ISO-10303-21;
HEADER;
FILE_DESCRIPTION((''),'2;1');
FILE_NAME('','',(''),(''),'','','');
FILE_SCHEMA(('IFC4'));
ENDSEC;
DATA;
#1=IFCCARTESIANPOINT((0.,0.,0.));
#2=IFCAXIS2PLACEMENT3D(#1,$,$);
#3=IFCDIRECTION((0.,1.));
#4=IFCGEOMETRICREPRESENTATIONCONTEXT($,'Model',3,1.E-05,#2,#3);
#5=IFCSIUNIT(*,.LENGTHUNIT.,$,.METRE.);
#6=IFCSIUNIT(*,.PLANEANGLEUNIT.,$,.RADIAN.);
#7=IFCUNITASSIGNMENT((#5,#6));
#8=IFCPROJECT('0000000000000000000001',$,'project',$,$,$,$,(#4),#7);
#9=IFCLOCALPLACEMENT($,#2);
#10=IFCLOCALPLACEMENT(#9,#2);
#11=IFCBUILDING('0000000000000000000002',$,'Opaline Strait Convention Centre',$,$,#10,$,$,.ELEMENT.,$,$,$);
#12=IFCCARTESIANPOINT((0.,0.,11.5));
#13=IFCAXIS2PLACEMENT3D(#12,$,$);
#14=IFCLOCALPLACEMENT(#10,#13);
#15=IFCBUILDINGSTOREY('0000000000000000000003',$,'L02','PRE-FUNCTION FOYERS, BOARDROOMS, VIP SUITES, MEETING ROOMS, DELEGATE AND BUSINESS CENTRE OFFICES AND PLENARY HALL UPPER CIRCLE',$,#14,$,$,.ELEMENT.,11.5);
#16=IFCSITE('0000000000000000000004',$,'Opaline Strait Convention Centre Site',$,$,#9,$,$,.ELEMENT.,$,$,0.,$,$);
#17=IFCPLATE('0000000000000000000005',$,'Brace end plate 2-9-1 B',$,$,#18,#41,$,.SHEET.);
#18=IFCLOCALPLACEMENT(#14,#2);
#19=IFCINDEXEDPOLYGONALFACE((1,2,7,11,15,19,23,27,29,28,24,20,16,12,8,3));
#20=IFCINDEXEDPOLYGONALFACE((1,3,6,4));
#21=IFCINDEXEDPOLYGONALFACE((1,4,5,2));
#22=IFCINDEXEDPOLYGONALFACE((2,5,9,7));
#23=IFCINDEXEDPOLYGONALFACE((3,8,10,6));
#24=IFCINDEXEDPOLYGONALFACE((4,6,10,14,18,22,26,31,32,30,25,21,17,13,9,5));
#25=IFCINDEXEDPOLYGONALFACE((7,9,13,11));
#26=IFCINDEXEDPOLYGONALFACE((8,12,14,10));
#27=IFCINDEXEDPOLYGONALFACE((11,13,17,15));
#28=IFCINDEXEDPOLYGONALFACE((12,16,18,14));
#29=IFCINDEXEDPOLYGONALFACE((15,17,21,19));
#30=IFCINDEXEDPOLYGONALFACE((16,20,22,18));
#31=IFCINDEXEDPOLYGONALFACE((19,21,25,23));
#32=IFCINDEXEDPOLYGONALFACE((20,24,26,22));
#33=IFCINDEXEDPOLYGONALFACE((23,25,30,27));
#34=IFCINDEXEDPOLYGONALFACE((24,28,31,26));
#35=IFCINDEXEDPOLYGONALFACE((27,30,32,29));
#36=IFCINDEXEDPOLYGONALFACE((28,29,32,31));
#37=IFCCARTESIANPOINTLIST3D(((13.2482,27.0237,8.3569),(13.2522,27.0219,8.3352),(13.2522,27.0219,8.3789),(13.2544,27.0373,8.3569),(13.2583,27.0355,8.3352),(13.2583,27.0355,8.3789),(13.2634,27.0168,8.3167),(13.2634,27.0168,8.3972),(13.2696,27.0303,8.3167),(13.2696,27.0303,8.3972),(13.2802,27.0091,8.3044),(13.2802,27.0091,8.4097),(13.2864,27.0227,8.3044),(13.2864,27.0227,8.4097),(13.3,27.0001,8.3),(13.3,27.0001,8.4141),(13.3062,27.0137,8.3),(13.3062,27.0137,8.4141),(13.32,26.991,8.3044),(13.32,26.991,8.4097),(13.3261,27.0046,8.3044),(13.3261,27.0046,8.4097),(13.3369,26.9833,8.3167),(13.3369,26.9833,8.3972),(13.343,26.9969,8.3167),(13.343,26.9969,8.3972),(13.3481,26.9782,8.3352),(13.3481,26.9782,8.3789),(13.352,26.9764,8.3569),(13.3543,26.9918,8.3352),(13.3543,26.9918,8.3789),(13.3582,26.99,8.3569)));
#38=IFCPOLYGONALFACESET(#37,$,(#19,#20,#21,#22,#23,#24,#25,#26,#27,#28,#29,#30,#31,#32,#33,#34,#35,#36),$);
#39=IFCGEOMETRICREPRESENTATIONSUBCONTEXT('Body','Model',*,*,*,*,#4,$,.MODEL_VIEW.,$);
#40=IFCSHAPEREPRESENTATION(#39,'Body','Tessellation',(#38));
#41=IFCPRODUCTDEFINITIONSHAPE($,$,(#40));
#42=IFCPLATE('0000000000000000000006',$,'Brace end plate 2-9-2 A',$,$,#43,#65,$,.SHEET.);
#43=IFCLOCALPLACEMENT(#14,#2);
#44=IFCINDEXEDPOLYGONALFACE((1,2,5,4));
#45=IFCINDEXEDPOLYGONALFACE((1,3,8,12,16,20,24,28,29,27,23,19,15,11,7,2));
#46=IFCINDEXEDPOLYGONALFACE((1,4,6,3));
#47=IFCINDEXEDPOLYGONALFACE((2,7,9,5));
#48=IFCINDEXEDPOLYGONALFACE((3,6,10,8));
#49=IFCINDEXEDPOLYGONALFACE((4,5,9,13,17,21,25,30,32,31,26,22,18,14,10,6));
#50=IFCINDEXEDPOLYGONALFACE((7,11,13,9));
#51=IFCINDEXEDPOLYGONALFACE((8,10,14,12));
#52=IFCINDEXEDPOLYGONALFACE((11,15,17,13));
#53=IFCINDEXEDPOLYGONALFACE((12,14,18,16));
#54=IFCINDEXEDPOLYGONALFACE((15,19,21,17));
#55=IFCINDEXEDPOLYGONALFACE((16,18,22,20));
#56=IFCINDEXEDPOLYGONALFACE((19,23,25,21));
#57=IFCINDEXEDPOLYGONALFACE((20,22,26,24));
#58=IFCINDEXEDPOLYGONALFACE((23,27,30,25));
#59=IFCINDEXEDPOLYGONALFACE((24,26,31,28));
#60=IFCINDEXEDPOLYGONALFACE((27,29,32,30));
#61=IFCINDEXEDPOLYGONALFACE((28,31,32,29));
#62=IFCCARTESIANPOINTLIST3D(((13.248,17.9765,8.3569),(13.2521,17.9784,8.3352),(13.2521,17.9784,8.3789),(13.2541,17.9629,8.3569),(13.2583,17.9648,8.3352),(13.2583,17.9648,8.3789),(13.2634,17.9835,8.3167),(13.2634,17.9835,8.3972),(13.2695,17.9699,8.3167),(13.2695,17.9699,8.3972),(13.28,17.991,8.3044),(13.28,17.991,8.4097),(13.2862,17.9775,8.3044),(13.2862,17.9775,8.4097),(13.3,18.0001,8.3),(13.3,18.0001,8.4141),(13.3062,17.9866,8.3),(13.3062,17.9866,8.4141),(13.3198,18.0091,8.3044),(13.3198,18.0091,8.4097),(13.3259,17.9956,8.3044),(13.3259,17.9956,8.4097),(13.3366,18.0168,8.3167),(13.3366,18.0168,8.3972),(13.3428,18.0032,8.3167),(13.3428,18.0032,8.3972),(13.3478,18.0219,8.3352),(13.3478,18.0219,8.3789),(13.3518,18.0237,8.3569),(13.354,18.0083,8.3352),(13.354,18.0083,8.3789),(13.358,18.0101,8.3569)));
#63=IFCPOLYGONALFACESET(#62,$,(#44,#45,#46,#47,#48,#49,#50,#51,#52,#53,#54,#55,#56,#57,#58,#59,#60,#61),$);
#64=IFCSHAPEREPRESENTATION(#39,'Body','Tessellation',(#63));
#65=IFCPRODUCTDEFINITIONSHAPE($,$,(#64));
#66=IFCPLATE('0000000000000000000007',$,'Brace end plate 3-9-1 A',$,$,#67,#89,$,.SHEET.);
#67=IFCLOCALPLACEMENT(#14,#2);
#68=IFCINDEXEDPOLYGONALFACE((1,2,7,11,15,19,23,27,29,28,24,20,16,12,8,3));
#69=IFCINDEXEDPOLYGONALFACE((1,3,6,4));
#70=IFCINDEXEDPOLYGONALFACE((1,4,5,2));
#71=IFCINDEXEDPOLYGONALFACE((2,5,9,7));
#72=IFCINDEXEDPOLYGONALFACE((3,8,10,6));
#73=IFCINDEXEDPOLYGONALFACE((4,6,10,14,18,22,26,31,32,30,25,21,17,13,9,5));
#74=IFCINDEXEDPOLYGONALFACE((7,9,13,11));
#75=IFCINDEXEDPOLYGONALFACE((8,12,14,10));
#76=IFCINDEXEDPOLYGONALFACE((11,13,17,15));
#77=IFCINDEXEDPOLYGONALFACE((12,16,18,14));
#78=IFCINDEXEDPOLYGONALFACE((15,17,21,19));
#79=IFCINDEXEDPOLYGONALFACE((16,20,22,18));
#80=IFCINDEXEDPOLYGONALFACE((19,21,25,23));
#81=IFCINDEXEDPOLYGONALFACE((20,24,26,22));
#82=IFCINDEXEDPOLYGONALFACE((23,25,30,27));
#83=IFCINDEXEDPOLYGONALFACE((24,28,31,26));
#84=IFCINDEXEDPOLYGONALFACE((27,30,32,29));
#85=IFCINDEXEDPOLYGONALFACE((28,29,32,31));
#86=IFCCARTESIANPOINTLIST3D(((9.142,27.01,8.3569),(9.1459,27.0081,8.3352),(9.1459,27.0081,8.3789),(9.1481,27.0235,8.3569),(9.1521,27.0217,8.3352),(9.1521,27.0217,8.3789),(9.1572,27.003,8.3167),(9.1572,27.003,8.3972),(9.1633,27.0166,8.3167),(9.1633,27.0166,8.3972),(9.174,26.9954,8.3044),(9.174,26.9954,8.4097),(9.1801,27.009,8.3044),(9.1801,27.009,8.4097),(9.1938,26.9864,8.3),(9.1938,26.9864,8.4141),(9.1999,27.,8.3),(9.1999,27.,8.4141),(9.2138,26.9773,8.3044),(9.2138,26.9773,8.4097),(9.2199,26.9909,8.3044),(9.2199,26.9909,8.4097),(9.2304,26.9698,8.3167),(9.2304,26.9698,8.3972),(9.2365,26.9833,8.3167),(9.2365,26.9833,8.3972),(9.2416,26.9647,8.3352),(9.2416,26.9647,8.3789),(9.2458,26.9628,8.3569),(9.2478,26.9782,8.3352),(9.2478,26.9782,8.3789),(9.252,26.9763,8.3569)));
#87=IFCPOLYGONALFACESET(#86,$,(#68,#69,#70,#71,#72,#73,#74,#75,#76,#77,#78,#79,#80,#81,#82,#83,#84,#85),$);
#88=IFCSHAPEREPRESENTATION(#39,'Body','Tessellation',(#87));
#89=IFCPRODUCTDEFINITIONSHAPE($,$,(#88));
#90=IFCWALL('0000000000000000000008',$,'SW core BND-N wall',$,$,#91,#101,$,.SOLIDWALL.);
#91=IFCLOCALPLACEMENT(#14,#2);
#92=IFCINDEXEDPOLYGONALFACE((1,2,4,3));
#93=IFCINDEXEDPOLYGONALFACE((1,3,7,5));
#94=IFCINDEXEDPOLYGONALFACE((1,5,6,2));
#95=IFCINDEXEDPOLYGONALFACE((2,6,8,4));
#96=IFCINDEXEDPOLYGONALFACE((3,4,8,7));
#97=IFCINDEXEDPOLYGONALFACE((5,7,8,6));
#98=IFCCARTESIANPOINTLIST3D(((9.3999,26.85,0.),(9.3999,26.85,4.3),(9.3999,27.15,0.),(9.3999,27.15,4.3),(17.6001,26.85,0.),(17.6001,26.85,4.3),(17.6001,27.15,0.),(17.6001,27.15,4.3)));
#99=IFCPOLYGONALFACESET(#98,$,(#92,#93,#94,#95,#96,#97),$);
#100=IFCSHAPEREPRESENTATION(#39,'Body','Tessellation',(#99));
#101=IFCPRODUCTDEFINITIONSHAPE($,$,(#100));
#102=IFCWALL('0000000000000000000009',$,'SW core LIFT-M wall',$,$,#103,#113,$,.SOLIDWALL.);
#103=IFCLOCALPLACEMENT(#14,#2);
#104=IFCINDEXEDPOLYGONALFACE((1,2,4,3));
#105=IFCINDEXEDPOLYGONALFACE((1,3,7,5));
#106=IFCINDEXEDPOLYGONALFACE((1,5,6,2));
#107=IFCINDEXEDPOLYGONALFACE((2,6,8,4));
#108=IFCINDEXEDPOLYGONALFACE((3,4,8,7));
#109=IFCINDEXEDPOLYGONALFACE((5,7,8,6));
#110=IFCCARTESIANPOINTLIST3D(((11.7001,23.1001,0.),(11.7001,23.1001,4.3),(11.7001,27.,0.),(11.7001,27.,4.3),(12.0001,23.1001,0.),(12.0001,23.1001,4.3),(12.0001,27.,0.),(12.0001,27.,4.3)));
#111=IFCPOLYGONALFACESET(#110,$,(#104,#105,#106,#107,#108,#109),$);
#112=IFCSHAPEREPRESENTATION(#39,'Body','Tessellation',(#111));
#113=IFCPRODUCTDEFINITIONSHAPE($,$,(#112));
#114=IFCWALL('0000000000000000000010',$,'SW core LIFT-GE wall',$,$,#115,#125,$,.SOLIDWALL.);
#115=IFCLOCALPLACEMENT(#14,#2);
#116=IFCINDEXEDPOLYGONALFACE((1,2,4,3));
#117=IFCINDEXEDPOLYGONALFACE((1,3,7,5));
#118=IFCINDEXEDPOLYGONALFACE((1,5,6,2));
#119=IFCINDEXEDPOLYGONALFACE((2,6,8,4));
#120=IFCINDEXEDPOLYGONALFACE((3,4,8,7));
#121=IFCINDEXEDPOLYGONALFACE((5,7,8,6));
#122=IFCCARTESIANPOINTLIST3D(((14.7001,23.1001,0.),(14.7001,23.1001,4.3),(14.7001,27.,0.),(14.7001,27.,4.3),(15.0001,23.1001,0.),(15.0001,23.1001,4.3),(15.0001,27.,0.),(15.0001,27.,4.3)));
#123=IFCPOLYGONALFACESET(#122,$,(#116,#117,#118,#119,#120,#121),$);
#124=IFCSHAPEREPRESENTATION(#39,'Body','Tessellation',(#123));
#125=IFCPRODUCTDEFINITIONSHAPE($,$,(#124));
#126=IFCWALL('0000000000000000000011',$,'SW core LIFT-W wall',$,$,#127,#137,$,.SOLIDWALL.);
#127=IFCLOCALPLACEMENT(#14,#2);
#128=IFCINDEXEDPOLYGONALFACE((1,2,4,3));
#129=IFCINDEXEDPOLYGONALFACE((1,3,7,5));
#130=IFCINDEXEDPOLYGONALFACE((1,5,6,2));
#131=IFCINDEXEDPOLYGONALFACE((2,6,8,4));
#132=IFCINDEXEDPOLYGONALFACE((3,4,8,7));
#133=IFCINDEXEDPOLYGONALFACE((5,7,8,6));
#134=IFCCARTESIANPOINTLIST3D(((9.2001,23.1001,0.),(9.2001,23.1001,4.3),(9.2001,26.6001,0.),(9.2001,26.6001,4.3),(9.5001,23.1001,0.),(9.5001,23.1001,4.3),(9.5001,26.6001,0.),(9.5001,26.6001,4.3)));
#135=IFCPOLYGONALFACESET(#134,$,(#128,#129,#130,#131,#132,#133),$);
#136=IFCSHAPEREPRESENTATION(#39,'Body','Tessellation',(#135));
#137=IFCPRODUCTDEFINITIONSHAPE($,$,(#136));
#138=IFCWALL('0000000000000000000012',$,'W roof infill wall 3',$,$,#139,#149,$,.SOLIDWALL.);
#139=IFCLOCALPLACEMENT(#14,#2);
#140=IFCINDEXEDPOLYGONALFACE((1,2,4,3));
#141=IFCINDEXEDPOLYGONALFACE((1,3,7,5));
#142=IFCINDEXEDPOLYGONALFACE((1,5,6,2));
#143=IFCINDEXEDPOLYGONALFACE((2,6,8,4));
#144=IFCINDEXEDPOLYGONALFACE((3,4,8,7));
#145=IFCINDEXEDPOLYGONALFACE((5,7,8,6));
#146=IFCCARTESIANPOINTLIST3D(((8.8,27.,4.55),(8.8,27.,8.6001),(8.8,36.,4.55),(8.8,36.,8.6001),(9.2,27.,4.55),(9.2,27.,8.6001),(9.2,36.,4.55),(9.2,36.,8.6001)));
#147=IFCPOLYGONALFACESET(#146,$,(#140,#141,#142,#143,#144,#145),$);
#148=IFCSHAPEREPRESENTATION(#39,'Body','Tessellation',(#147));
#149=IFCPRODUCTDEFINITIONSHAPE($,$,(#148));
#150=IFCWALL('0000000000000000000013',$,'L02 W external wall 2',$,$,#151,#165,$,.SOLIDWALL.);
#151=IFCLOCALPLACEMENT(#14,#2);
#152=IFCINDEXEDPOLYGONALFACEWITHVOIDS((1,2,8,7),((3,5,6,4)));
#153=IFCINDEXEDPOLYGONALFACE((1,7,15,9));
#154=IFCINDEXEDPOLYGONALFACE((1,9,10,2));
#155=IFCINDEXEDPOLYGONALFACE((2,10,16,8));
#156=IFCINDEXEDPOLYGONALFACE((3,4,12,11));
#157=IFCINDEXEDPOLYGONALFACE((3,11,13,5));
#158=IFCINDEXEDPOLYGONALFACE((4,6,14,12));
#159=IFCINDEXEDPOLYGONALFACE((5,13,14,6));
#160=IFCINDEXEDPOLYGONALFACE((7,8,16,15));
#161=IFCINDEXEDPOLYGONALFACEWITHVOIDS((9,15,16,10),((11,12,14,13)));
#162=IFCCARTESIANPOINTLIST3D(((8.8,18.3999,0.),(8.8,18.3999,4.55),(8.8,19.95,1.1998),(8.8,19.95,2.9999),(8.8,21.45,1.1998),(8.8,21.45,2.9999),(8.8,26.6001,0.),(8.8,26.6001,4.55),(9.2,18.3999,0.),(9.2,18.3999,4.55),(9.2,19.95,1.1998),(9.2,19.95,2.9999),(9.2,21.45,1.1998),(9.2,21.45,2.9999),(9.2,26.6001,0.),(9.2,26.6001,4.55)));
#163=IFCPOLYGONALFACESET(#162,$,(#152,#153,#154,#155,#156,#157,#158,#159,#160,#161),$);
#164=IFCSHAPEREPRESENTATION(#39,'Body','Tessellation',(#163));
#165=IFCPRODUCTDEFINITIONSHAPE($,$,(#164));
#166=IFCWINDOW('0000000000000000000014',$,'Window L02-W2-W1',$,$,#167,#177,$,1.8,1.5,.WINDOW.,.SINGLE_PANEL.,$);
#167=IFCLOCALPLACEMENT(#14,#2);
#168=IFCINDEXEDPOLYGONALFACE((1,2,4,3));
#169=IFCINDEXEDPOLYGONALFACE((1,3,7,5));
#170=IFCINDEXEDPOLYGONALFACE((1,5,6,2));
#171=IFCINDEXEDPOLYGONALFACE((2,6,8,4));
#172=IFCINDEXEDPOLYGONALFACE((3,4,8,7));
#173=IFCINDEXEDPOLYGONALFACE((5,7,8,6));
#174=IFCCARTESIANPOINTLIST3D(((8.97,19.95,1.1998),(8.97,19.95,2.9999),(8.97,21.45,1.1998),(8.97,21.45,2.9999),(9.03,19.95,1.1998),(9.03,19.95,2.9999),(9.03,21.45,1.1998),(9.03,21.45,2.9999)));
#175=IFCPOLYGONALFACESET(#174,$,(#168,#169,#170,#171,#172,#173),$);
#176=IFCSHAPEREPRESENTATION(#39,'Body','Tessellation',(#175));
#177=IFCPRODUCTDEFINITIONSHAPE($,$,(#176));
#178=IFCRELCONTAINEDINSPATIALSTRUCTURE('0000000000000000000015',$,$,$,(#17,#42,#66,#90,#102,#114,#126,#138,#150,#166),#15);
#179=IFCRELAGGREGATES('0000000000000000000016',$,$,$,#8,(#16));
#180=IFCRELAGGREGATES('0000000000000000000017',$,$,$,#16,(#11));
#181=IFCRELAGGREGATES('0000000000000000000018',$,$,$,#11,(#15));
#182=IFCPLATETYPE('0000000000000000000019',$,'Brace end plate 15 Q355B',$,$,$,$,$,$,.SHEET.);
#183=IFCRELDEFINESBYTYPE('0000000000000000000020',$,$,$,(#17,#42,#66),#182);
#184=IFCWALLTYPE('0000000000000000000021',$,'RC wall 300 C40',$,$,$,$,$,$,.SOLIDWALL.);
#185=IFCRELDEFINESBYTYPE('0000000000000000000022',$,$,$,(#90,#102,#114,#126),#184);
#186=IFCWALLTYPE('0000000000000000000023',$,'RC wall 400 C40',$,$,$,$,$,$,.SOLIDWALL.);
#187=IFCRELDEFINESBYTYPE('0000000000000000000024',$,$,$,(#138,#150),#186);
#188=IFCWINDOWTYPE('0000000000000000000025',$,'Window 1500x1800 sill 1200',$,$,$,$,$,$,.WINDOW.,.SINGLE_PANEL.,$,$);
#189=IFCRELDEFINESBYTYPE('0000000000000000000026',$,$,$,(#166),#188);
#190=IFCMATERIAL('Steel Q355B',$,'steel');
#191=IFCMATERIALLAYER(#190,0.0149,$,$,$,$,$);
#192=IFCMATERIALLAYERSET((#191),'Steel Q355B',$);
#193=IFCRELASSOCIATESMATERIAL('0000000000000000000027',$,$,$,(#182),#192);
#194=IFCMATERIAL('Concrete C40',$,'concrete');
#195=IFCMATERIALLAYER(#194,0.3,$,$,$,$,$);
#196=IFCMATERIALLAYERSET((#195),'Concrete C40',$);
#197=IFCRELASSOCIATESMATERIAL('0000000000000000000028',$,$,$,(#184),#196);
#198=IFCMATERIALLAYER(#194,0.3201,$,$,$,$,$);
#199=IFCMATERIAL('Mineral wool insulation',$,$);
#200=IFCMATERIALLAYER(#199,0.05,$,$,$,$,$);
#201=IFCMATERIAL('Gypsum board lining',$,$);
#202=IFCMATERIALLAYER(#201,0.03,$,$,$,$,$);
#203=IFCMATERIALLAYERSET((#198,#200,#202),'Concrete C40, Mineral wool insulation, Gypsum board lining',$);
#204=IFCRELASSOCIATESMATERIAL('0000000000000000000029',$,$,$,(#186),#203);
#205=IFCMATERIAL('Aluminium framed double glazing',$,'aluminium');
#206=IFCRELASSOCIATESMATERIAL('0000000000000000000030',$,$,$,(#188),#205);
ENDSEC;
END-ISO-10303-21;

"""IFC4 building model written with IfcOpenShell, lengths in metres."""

from ifc_helpers import new_model, si_unit, direction, frame, frame_2d, origin, place, context, subcontext, project, spatial, polyline, rectangle, outline, extrude, material, layer, layer_set, type_object, element, fill, save


model = new_model("IFC4")

# Units and contexts
model_context = context("Model", 3, precision=1e-05, world=origin(), true_north=direction((0.0, 1.0)))
body_context = subcontext(model_context, "Body", "Model", "MODEL_VIEW")
ifc_project = project(units=[si_unit("LENGTHUNIT", "METRE"), si_unit("PLANEANGLEUNIT", "RADIAN")], contexts=[model_context])

# Site, building, storey
site_placement = place(None, origin())
site = spatial("IfcSite", under=ifc_project, at=site_placement, Name="Opaline Strait Convention Centre Site", CompositionType="ELEMENT", RefElevation=0.0)
building_placement = place(site_placement, origin())
building = spatial("IfcBuilding", under=site, at=building_placement, Name="Opaline Strait Convention Centre", CompositionType="ELEMENT")
storey_placement = place(building_placement, frame((0.0, 0.0, 11.5)))
storey = spatial("IfcBuildingStorey", under=building, at=storey_placement, Name="L02", Description="PRE-FUNCTION FOYERS, BOARDROOMS, VIP SUITES, MEETING ROOMS, DELEGATE AND BUSINESS CENTRE OFFICES AND PLENARY HALL UPPER CIRCLE", CompositionType="ELEMENT", Elevation=11.5)

# Shared definitions
ifc_material_1 = material(Name="Concrete C40", Category="concrete")

# Shared definitions
ifc_material_2 = material(Name="Steel Q355B", Category="steel")

# Plates
ifc_layer_1 = layer(ifc_material_2, 0.0149)
ifc_layer_set_1 = layer_set([ifc_layer_1], Name="Steel Q355B")
plate_type = type_object("IfcPlateType", Name="Brace end plate 15 Q355B", PredefinedType="SHEET", material=ifc_layer_set_1)
plate_1_placement = place(storey_placement, frame((13.3582, 26.99, 8.3569), z_axis=(0.414547, 0.910028, 0.0), x_axis=(-0.175212, 0.079815, -0.98129)))
element("IfcPlate", 1, at=plate_1_placement, inside=storey, type_object=plate_type, Name="Brace end plate 2-9-1 B", PredefinedType="SHEET", context=body_context, shape_type="SweptSolid", body=[
    extrude(outline(polyline([(0.0, 0.0), (0.0221, 0.0), (0.0427, 0.0085), (0.0583, 0.0244), (0.0668, 0.0451), (0.0667, 0.0673), (0.0583, 0.0878), (0.0424, 0.1035), (0.022, 0.1119), (-0.0004, 0.1119), (-0.0208, 0.1033), (-0.0366, 0.0876), (-0.0451, 0.0671), (-0.045, 0.0447), (-0.0363, 0.0241), (-0.0207, 0.0084), (0.0, 0.0)])), origin(), (0.0, 0.0, -1.0), 0.0149),
])
plate_2_placement = place(storey_placement, frame((13.3518, 18.0237, 8.3569), z_axis=(-0.413759, 0.910386, 0.0), x_axis=(-0.179277, -0.081479, -0.980419)))
element("IfcPlate", 2, at=plate_2_placement, inside=storey, type_object=plate_type, Name="Brace end plate 2-9-2 A", PredefinedType="SHEET", context=body_context, shape_type="SweptSolid", body=[
    extrude(outline(polyline([(0.0, 0.0), (0.0222, 0.0), (0.0428, 0.0084), (0.0584, 0.0242), (0.067, 0.0446), (0.067, 0.067), (0.0586, 0.0873), (0.0429, 0.103), (0.0225, 0.1118), (0.0, 0.1117), (-0.0204, 0.1032), (-0.0362, 0.0877), (-0.0448, 0.0671), (-0.0448, 0.0449), (-0.0362, 0.0243), (-0.0207, 0.0086), (0.0, 0.0)])), origin(), (0.0, 0.0, -1.0), 0.0149),
])
plate_3_placement = place(storey_placement, frame((9.252, 26.9763, 8.3569), z_axis=(0.413759, 0.910386, 0.0), x_axis=(-0.188026, 0.085456, -0.978439)))
element("IfcPlate", 3, at=plate_3_placement, inside=storey, type_object=plate_type, Name="Brace end plate 3-9-1 A", PredefinedType="SHEET", context=body_context, shape_type="SweptSolid", body=[
    extrude(outline(polyline([(0.0, 0.0), (0.0222, 0.0), (0.0429, 0.0082), (0.0586, 0.0236), (0.0675, 0.0442), (0.0677, 0.0663), (0.0595, 0.0869), (0.0439, 0.1028), (0.0236, 0.1116), (0.0012, 0.1119), (-0.0193, 0.1036), (-0.0353, 0.0881), (-0.0441, 0.0677), (-0.0443, 0.0453), (-0.0359, 0.0249), (-0.0206, 0.009), (0.0, 0.0)])), origin(), (0.0, 0.0, -1.0), 0.0149),
])

# Wall
ifc_layer_2 = layer(ifc_material_1, 0.3)
ifc_layer_set_2 = layer_set([ifc_layer_2], Name="Concrete C40")
wall_type_1 = type_object("IfcWallType", Name="RC wall 300 C40", PredefinedType="SOLIDWALL", material=ifc_layer_set_2)
wall_1_placement = place(storey_placement, frame((9.3999, 27.0, 0.0), z_axis=(0.0, 0.0, 1.0), x_axis=(1.0, 0.0, 0.0)))
element("IfcWall", 4, at=wall_1_placement, inside=storey, type_object=wall_type_1, Name="SW core BND-N wall", PredefinedType="SOLIDWALL", context=body_context, shape_type="SweptSolid", body=[
    extrude(rectangle(XDim=8.2002, YDim=0.3, at=frame_2d((4.1001, 0.0))), origin(), (0.0, 0.0, 1.0), 4.3),
])

# Walls
for number, where, z_axis, x_axis, name in (
    (5, (11.8501, 23.1001, 0.0), (0.0, 0.0, 1.0), (0.0, 1.0, 0.0), "SW core LIFT-M wall"),
    (6, (14.8501, 23.1001, 0.0), (0.0, 0.0, 1.0), (0.0, 1.0, 0.0), "SW core LIFT-GE wall"),
):
    element("IfcWall", number, at=place(storey_placement, frame(where, z_axis=z_axis, x_axis=x_axis)), inside=storey, type_object=wall_type_1, Name=name, PredefinedType="SOLIDWALL", context=body_context, shape_type="SweptSolid", body=[
        extrude(rectangle(XDim=3.8999, YDim=0.3, at=frame_2d((1.95, 0.0))), origin(), (0.0, 0.0, 1.0), 4.3),
    ])
wall_2_placement = place(storey_placement, frame((9.3501, 23.1001, 0.0), z_axis=(0.0, 0.0, 1.0), x_axis=(0.0, 1.0, 0.0)))
element("IfcWall", 7, at=wall_2_placement, inside=storey, type_object=wall_type_1, Name="SW core LIFT-W wall", PredefinedType="SOLIDWALL", context=body_context, shape_type="SweptSolid", body=[
    extrude(rectangle(XDim=3.5, YDim=0.3, at=frame_2d((1.75, 0.0))), origin(), (0.0, 0.0, 1.0), 4.3),
])
ifc_layer_3 = layer(ifc_material_1, 0.3201)
ifc_material_3 = material(Name="Mineral wool insulation")
ifc_layer_4 = layer(ifc_material_3, 0.05)
ifc_material_4 = material(Name="Gypsum board lining")
ifc_layer_5 = layer(ifc_material_4, 0.03)
ifc_layer_set_3 = layer_set([ifc_layer_3, ifc_layer_4, ifc_layer_5], Name="Concrete C40, Mineral wool insulation, Gypsum board lining")
wall_type_2 = type_object("IfcWallType", Name="RC wall 400 C40", PredefinedType="SOLIDWALL", material=ifc_layer_set_3)
wall_3_placement = place(storey_placement, frame((9.0, 27.0, 4.55), z_axis=(0.0, 0.0, 1.0), x_axis=(0.0, 1.0, 0.0)))
element("IfcWall", 8, at=wall_3_placement, inside=storey, type_object=wall_type_2, Name="W roof infill wall 3", PredefinedType="SOLIDWALL", context=body_context, shape_type="SweptSolid", body=[
    extrude(rectangle(XDim=9.0, YDim=0.3999, at=frame_2d((4.5, 0.0))), origin(), (0.0, 0.0, 1.0), 4.05),
])

# Wall, opening, window
wall_4_placement = place(storey_placement, frame((9.0, 18.3999, 0.0), z_axis=(0.0, 0.0, 1.0), x_axis=(0.0, 1.0, 0.0)))
wall_4 = element("IfcWall", 9, at=wall_4_placement, inside=storey, type_object=wall_type_2, Name="L02 W external wall 2", PredefinedType="SOLIDWALL", context=body_context, shape_type="SweptSolid", body=[
    extrude(rectangle(XDim=8.2002, YDim=0.3999, at=frame_2d((4.1001, 0.0))), origin(), (0.0, 0.0, 1.0), 4.55),
])
opening_1_placement = place(wall_4_placement, frame((1.55, 0.0, 1.2)))
opening_1 = element("IfcOpeningElement", 10, at=opening_1_placement, cuts=wall_4, PredefinedType="OPENING", context=body_context, shape_type="SweptSolid", body=[
    extrude(rectangle(XDim=1.5, YDim=1.8, at=frame_2d((0.75, 0.8999))), frame((0.0, 0.21, 0.0), z_axis=(0.0, -1.0, 0.0), x_axis=(1.0, 0.0, 0.0)), (0.0, 0.0, 1.0), 0.4199),
])
ifc_material_5 = material(Name="Aluminium framed double glazing", Category="aluminium")
window_type = type_object("IfcWindowType", Name="Window 1500x1800 sill 1200", PartitioningType="SINGLE_PANEL", PredefinedType="WINDOW", material=ifc_material_5)
window_placement = place(opening_1_placement, origin())
window = element("IfcWindow", 11, at=window_placement, inside=storey, type_object=window_type, Name="Window L02-W2-W1", OverallHeight=1.8, OverallWidth=1.5, PartitioningType="SINGLE_PANEL", PredefinedType="WINDOW", context=body_context, shape_type="SweptSolid", body=[
    extrude(rectangle(XDim=1.5, YDim=1.8, at=frame_2d((0.75, 0.8999))), frame((0.0, 0.03, 0.0), z_axis=(0.0, -1.0, 0.0), x_axis=(1.0, 0.0, 0.0)), (0.0, 0.0, 1.0), 0.0601),
])
fill(opening_1, window)

save(model, "model.ifc")
